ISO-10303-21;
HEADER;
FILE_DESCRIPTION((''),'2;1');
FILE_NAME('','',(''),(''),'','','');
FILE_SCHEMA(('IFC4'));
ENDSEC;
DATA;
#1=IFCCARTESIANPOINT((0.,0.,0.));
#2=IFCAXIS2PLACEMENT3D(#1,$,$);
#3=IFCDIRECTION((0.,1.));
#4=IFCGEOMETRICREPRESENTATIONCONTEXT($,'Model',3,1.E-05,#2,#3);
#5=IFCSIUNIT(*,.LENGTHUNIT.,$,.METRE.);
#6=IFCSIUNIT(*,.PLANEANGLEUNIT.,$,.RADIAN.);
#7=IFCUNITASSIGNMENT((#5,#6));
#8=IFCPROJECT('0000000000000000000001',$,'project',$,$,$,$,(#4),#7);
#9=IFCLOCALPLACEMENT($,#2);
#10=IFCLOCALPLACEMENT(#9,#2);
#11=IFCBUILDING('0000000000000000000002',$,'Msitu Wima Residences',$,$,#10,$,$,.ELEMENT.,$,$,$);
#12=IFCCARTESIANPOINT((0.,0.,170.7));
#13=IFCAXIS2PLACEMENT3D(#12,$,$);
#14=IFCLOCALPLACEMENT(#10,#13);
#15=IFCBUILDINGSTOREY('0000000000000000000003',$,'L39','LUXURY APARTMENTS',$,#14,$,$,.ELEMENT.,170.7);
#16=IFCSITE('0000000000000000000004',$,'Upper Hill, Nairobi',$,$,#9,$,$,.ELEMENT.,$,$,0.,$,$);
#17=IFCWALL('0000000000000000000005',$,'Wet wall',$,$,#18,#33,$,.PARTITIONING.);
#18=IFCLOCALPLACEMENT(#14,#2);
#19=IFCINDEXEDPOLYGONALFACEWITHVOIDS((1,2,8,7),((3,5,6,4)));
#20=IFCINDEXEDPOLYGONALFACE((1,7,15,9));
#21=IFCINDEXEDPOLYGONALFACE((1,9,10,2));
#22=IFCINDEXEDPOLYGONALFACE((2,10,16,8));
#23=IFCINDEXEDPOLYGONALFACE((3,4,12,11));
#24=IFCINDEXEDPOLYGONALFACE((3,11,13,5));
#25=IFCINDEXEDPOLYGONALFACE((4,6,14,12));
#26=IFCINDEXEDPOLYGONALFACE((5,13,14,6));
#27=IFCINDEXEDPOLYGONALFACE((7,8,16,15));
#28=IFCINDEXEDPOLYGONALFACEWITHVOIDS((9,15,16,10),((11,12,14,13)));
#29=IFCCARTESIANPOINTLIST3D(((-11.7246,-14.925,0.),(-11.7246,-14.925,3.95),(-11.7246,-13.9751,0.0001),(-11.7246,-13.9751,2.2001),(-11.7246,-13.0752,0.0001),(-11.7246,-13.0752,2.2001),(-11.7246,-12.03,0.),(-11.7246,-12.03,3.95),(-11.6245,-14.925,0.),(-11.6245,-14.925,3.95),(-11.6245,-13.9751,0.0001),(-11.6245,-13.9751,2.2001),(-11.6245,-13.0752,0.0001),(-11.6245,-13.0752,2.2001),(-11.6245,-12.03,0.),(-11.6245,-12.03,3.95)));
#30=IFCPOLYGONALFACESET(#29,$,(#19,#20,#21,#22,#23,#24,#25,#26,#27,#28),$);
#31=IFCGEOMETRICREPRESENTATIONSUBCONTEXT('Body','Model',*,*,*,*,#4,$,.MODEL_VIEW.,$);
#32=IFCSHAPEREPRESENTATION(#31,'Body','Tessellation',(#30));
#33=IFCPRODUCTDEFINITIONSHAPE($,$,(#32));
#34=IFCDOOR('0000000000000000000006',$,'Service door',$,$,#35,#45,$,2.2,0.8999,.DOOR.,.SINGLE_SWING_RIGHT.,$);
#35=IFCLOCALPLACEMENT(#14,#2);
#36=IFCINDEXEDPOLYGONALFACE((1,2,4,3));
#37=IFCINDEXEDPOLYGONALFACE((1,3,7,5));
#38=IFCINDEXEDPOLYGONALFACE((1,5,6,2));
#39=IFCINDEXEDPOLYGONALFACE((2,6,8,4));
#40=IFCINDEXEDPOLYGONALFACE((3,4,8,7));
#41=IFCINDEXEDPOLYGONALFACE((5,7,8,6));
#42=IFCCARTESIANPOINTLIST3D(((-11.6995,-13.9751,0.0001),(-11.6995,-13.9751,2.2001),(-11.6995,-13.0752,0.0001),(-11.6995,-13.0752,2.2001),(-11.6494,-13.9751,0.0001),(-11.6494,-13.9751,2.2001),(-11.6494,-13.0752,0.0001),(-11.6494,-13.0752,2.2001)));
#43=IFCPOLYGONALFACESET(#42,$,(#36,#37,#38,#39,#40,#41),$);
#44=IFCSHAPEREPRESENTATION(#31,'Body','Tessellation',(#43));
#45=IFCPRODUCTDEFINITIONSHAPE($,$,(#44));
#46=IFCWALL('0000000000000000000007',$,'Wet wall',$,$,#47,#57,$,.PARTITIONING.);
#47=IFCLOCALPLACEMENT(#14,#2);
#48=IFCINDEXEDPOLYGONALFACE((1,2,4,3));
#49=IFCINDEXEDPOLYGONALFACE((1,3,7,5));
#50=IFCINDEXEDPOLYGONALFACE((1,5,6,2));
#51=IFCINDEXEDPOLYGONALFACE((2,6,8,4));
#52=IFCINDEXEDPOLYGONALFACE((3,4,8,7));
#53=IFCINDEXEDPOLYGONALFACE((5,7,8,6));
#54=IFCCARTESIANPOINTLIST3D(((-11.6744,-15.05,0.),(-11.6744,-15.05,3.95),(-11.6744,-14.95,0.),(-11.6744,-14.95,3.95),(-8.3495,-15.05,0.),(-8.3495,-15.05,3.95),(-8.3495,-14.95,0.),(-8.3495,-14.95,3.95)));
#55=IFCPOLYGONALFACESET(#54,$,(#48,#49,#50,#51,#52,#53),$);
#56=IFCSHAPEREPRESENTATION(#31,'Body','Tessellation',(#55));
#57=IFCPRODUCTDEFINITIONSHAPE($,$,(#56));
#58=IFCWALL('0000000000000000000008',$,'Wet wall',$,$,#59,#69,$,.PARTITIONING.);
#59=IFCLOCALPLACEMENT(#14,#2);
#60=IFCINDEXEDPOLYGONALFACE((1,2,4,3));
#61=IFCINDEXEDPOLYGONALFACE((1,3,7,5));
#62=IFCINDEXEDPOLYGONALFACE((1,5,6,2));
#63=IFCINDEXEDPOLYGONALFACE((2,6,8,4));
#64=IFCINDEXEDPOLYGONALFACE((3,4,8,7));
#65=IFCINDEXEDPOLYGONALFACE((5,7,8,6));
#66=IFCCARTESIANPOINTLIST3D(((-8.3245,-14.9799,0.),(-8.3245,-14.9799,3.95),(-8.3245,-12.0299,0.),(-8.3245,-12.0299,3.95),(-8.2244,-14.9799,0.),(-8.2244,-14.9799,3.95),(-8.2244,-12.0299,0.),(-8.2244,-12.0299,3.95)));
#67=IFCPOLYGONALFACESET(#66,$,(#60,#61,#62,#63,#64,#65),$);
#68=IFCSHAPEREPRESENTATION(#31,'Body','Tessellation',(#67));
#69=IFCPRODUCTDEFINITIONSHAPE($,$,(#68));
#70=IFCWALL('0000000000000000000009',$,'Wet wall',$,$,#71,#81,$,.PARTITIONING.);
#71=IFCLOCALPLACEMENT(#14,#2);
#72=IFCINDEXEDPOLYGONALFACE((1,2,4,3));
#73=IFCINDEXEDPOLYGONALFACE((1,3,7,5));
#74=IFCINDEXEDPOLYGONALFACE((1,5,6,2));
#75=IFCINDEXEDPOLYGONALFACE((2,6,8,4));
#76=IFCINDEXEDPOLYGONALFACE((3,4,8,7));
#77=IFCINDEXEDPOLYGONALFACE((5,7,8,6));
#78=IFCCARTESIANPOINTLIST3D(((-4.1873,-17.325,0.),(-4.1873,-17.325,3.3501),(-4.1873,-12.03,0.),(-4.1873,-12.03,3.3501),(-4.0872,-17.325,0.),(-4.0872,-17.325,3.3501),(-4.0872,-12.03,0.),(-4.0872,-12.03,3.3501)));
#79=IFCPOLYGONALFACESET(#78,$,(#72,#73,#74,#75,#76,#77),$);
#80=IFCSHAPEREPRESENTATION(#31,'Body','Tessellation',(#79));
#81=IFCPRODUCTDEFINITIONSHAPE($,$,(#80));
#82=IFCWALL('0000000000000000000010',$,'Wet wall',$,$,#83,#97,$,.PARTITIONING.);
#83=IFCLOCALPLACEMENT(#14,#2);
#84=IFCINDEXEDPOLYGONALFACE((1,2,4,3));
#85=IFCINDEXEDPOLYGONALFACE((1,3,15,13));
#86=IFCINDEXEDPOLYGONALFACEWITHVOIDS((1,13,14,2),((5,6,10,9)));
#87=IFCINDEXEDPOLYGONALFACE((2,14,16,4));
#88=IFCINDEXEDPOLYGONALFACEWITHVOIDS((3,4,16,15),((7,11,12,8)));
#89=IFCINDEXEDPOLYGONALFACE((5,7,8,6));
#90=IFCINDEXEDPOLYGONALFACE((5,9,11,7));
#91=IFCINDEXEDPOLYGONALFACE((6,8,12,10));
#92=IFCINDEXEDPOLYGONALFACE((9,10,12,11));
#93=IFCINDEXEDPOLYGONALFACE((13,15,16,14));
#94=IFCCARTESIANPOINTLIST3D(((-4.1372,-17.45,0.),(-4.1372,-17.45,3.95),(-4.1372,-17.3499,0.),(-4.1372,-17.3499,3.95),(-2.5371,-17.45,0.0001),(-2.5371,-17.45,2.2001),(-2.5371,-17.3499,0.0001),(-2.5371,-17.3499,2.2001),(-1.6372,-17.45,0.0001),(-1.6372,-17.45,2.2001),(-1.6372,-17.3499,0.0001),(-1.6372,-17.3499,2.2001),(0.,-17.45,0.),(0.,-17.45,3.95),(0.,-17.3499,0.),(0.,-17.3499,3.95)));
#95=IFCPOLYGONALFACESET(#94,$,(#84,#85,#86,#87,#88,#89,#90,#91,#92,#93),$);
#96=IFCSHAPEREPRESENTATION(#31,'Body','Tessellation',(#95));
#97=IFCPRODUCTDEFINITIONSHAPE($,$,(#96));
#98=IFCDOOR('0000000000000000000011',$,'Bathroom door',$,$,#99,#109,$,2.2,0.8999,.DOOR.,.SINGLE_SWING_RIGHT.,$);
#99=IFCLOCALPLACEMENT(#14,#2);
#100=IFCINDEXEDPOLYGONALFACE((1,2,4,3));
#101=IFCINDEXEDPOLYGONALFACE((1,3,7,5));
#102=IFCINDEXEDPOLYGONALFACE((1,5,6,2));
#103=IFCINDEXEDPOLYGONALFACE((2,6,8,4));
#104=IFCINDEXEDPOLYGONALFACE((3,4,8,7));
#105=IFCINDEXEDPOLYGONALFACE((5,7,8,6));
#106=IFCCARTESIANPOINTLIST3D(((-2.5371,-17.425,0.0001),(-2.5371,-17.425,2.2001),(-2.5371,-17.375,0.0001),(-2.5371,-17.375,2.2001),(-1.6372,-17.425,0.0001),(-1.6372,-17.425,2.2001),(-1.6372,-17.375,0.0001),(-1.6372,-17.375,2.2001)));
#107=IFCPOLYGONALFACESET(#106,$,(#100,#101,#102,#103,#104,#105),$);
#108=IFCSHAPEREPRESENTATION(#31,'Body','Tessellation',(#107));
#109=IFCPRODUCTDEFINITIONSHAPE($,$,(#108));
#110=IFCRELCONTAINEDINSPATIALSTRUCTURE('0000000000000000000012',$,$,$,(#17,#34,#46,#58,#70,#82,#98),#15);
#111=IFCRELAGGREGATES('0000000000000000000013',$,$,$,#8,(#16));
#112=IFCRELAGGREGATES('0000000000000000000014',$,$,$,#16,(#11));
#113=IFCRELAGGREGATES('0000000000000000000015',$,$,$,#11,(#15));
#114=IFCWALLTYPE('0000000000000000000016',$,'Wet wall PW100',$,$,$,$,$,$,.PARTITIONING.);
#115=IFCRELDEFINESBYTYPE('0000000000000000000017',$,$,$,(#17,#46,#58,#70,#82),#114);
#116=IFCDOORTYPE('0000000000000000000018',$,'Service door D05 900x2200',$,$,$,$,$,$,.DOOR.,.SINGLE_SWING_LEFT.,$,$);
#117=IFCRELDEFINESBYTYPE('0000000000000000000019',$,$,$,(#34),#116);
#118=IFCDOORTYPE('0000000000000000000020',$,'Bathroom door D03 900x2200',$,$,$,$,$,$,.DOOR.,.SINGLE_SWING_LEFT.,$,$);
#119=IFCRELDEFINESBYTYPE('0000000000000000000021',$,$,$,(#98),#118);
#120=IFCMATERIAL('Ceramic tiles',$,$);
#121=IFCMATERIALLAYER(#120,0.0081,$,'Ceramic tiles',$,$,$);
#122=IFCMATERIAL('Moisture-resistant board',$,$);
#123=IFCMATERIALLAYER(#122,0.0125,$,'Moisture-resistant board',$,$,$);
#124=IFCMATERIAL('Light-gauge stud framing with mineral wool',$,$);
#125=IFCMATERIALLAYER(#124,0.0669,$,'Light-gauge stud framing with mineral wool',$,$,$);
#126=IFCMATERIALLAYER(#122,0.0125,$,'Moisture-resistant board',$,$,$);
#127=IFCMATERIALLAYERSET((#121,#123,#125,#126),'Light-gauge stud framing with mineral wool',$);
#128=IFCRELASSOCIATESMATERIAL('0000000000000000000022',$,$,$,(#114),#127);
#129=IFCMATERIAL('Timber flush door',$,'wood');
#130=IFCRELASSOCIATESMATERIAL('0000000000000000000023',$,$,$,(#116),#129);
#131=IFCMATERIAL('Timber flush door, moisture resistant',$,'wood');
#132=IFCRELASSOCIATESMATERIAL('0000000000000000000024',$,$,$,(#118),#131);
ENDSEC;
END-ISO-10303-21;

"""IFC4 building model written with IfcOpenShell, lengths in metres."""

from ifc_helpers import new_model, si_unit, direction, frame, frame_2d, origin, place, context, subcontext, project, spatial, rectangle, extrude, material, layer, layer_set, type_object, element, fill, save


model = new_model("IFC4")

# Units and contexts
model_context = context("Model", 3, precision=1e-05, world=origin(), true_north=direction((0.0, 1.0)))
body_context = subcontext(model_context, "Body", "Model", "MODEL_VIEW")
ifc_project = project(units=[si_unit("LENGTHUNIT", "METRE"), si_unit("PLANEANGLEUNIT", "RADIAN")], contexts=[model_context])

# Site, building, storey
site_placement = place(None, origin())
site = spatial("IfcSite", under=ifc_project, at=site_placement, Name="Upper Hill, Nairobi", CompositionType="ELEMENT", RefElevation=0.0)
building_placement = place(site_placement, origin())
building = spatial("IfcBuilding", under=site, at=building_placement, Name="Msitu Wima Residences", CompositionType="ELEMENT")
storey_placement = place(building_placement, frame((0.0, 0.0, 170.7)))
storey = spatial("IfcBuildingStorey", under=building, at=storey_placement, Name="L39", Description="LUXURY APARTMENTS", CompositionType="ELEMENT", Elevation=170.7)

# Wall, opening, door
ifc_material_1 = material(Name="Timber flush door", Category="wood")
ifc_material_2 = material(Name="Ceramic tiles")
ifc_layer_1 = layer(ifc_material_2, 0.0081, Name="Ceramic tiles")
ifc_material_3 = material(Name="Moisture-resistant board")
ifc_layer_2 = layer(ifc_material_3, 0.0125, Name="Moisture-resistant board")
ifc_material_4 = material(Name="Light-gauge stud framing with mineral wool")
ifc_layer_3 = layer(ifc_material_4, 0.0669, Name="Light-gauge stud framing with mineral wool")
ifc_layer_4 = layer(ifc_material_3, 0.0125, Name="Moisture-resistant board")
ifc_layer_set_1 = layer_set([ifc_layer_1, ifc_layer_2, ifc_layer_3, ifc_layer_4], Name="Light-gauge stud framing with mineral wool")
wall_type_1 = type_object("IfcWallType", Name="Wet wall PW100", PredefinedType="PARTITIONING", material=ifc_layer_set_1)
wall_1_placement = place(storey_placement, frame((-11.6746, -14.925, 0.0), z_axis=(0.0, 0.0, 1.0), x_axis=(0.0, 1.0, 0.0)))
wall_1 = element("IfcWall", 1, at=wall_1_placement, inside=storey, type_object=wall_type_1, Name="Wet wall", PredefinedType="PARTITIONING", context=body_context, shape_type="SweptSolid", body=[
    extrude(rectangle(XDim=2.895, YDim=0.1001, at=frame_2d((1.4475, 0.0))), origin(), (0.0, 0.0, 1.0), 3.95),
])
opening_1_placement = place(wall_1_placement, frame((0.95, 0.0, 0.0)))
opening_1 = element("IfcOpeningElement", 2, at=opening_1_placement, cuts=wall_1, PredefinedType="OPENING", context=body_context, shape_type="SweptSolid", body=[
    extrude(rectangle(XDim=0.8999, YDim=2.2, at=frame_2d((0.45, 1.1001))), frame((0.0, 0.0601, 0.0), z_axis=(0.0, -1.0, 0.0), x_axis=(1.0, 0.0, 0.0)), (0.0, 0.0, 1.0), 0.1201),
])
door_type_1 = type_object("IfcDoorType", Name="Service door D05 900x2200", OperationType="SINGLE_SWING_LEFT", PredefinedType="DOOR", material=ifc_material_1)
door_1_placement = place(opening_1_placement, origin())
door_1 = element("IfcDoor", 3, at=door_1_placement, inside=storey, type_object=door_type_1, Name="Service door", OperationType="SINGLE_SWING_RIGHT", OverallHeight=2.2, OverallWidth=0.8999, PredefinedType="DOOR", context=body_context, shape_type="SweptSolid", body=[
    extrude(rectangle(XDim=0.8999, YDim=2.2, at=frame_2d((0.45, 1.1001))), frame((0.0, 0.0249, 0.0), z_axis=(0.0, -1.0, 0.0), x_axis=(1.0, 0.0, 0.0)), (0.0, 0.0, 1.0), 0.05),
])
fill(opening_1, door_1)

# Walls
wall_2_placement = place(storey_placement, frame((-11.6746, -15.0, 0.0), z_axis=(0.0, 0.0, 1.0), x_axis=(1.0, 0.0, 0.0)))
element("IfcWall", 4, at=wall_2_placement, inside=storey, type_object=wall_type_1, Name="Wet wall", PredefinedType="PARTITIONING", context=body_context, shape_type="SweptSolid", body=[
    extrude(rectangle(XDim=3.325, YDim=0.1001, at=frame_2d((1.6626, 0.0))), origin(), (0.0, 0.0, 1.0), 3.95),
])
wall_3_placement = place(storey_placement, frame((-8.2744, -14.98, 0.0), z_axis=(0.0, 0.0, 1.0), x_axis=(0.0, 1.0, 0.0)))
element("IfcWall", 5, at=wall_3_placement, inside=storey, type_object=wall_type_1, Name="Wet wall", PredefinedType="PARTITIONING", context=body_context, shape_type="SweptSolid", body=[
    extrude(rectangle(XDim=2.95, YDim=0.1001, at=frame_2d((1.4751, 0.0))), origin(), (0.0, 0.0, 1.0), 3.95),
])
wall_4_placement = place(storey_placement, frame((-4.1372, -17.325, 0.0), z_axis=(0.0, 0.0, 1.0), x_axis=(0.0, 1.0, 0.0)))
element("IfcWall", 6, at=wall_4_placement, inside=storey, type_object=wall_type_1, Name="Wet wall", PredefinedType="PARTITIONING", context=body_context, shape_type="SweptSolid", body=[
    extrude(rectangle(XDim=5.2949, YDim=0.1001, at=frame_2d((2.6475, 0.0))), origin(), (0.0, 0.0, 1.0), 3.3501),
])

# Wall, opening, door
wall_5_placement = place(storey_placement, frame((-4.1372, -17.3999, 0.0), z_axis=(0.0, 0.0, 1.0), x_axis=(1.0, 0.0, 0.0)))
wall_5 = element("IfcWall", 7, at=wall_5_placement, inside=storey, type_object=wall_type_1, Name="Wet wall", PredefinedType="PARTITIONING", context=body_context, shape_type="SweptSolid", body=[
    extrude(rectangle(XDim=4.1372, YDim=0.1001, at=frame_2d((2.0686, 0.0))), origin(), (0.0, 0.0, 1.0), 3.95),
])
opening_2_placement = place(wall_5_placement, frame((1.6001, 0.0, 0.0)))
opening_2 = element("IfcOpeningElement", 8, at=opening_2_placement, cuts=wall_5, PredefinedType="OPENING", context=body_context, shape_type="SweptSolid", body=[
    extrude(rectangle(XDim=0.8999, YDim=2.2, at=frame_2d((0.45, 1.1001))), frame((0.0, 0.0601, 0.0), z_axis=(0.0, -1.0, 0.0), x_axis=(1.0, 0.0, 0.0)), (0.0, 0.0, 1.0), 0.1201),
])
ifc_material_5 = material(Name="Timber flush door, moisture resistant", Category="wood")
door_type_2 = type_object("IfcDoorType", Name="Bathroom door D03 900x2200", OperationType="SINGLE_SWING_LEFT", PredefinedType="DOOR", material=ifc_material_5)
door_2_placement = place(opening_2_placement, origin())
door_2 = element("IfcDoor", 9, at=door_2_placement, inside=storey, type_object=door_type_2, Name="Bathroom door", OperationType="SINGLE_SWING_RIGHT", OverallHeight=2.2, OverallWidth=0.8999, PredefinedType="DOOR", context=body_context, shape_type="SweptSolid", body=[
    extrude(rectangle(XDim=0.8999, YDim=2.2, at=frame_2d((0.45, 1.1001))), frame((0.0, 0.0249, 0.0), z_axis=(0.0, -1.0, 0.0), x_axis=(1.0, 0.0, 0.0)), (0.0, 0.0, 1.0), 0.05),
])
fill(opening_2, door_2)

save(model, "model.ifc")
